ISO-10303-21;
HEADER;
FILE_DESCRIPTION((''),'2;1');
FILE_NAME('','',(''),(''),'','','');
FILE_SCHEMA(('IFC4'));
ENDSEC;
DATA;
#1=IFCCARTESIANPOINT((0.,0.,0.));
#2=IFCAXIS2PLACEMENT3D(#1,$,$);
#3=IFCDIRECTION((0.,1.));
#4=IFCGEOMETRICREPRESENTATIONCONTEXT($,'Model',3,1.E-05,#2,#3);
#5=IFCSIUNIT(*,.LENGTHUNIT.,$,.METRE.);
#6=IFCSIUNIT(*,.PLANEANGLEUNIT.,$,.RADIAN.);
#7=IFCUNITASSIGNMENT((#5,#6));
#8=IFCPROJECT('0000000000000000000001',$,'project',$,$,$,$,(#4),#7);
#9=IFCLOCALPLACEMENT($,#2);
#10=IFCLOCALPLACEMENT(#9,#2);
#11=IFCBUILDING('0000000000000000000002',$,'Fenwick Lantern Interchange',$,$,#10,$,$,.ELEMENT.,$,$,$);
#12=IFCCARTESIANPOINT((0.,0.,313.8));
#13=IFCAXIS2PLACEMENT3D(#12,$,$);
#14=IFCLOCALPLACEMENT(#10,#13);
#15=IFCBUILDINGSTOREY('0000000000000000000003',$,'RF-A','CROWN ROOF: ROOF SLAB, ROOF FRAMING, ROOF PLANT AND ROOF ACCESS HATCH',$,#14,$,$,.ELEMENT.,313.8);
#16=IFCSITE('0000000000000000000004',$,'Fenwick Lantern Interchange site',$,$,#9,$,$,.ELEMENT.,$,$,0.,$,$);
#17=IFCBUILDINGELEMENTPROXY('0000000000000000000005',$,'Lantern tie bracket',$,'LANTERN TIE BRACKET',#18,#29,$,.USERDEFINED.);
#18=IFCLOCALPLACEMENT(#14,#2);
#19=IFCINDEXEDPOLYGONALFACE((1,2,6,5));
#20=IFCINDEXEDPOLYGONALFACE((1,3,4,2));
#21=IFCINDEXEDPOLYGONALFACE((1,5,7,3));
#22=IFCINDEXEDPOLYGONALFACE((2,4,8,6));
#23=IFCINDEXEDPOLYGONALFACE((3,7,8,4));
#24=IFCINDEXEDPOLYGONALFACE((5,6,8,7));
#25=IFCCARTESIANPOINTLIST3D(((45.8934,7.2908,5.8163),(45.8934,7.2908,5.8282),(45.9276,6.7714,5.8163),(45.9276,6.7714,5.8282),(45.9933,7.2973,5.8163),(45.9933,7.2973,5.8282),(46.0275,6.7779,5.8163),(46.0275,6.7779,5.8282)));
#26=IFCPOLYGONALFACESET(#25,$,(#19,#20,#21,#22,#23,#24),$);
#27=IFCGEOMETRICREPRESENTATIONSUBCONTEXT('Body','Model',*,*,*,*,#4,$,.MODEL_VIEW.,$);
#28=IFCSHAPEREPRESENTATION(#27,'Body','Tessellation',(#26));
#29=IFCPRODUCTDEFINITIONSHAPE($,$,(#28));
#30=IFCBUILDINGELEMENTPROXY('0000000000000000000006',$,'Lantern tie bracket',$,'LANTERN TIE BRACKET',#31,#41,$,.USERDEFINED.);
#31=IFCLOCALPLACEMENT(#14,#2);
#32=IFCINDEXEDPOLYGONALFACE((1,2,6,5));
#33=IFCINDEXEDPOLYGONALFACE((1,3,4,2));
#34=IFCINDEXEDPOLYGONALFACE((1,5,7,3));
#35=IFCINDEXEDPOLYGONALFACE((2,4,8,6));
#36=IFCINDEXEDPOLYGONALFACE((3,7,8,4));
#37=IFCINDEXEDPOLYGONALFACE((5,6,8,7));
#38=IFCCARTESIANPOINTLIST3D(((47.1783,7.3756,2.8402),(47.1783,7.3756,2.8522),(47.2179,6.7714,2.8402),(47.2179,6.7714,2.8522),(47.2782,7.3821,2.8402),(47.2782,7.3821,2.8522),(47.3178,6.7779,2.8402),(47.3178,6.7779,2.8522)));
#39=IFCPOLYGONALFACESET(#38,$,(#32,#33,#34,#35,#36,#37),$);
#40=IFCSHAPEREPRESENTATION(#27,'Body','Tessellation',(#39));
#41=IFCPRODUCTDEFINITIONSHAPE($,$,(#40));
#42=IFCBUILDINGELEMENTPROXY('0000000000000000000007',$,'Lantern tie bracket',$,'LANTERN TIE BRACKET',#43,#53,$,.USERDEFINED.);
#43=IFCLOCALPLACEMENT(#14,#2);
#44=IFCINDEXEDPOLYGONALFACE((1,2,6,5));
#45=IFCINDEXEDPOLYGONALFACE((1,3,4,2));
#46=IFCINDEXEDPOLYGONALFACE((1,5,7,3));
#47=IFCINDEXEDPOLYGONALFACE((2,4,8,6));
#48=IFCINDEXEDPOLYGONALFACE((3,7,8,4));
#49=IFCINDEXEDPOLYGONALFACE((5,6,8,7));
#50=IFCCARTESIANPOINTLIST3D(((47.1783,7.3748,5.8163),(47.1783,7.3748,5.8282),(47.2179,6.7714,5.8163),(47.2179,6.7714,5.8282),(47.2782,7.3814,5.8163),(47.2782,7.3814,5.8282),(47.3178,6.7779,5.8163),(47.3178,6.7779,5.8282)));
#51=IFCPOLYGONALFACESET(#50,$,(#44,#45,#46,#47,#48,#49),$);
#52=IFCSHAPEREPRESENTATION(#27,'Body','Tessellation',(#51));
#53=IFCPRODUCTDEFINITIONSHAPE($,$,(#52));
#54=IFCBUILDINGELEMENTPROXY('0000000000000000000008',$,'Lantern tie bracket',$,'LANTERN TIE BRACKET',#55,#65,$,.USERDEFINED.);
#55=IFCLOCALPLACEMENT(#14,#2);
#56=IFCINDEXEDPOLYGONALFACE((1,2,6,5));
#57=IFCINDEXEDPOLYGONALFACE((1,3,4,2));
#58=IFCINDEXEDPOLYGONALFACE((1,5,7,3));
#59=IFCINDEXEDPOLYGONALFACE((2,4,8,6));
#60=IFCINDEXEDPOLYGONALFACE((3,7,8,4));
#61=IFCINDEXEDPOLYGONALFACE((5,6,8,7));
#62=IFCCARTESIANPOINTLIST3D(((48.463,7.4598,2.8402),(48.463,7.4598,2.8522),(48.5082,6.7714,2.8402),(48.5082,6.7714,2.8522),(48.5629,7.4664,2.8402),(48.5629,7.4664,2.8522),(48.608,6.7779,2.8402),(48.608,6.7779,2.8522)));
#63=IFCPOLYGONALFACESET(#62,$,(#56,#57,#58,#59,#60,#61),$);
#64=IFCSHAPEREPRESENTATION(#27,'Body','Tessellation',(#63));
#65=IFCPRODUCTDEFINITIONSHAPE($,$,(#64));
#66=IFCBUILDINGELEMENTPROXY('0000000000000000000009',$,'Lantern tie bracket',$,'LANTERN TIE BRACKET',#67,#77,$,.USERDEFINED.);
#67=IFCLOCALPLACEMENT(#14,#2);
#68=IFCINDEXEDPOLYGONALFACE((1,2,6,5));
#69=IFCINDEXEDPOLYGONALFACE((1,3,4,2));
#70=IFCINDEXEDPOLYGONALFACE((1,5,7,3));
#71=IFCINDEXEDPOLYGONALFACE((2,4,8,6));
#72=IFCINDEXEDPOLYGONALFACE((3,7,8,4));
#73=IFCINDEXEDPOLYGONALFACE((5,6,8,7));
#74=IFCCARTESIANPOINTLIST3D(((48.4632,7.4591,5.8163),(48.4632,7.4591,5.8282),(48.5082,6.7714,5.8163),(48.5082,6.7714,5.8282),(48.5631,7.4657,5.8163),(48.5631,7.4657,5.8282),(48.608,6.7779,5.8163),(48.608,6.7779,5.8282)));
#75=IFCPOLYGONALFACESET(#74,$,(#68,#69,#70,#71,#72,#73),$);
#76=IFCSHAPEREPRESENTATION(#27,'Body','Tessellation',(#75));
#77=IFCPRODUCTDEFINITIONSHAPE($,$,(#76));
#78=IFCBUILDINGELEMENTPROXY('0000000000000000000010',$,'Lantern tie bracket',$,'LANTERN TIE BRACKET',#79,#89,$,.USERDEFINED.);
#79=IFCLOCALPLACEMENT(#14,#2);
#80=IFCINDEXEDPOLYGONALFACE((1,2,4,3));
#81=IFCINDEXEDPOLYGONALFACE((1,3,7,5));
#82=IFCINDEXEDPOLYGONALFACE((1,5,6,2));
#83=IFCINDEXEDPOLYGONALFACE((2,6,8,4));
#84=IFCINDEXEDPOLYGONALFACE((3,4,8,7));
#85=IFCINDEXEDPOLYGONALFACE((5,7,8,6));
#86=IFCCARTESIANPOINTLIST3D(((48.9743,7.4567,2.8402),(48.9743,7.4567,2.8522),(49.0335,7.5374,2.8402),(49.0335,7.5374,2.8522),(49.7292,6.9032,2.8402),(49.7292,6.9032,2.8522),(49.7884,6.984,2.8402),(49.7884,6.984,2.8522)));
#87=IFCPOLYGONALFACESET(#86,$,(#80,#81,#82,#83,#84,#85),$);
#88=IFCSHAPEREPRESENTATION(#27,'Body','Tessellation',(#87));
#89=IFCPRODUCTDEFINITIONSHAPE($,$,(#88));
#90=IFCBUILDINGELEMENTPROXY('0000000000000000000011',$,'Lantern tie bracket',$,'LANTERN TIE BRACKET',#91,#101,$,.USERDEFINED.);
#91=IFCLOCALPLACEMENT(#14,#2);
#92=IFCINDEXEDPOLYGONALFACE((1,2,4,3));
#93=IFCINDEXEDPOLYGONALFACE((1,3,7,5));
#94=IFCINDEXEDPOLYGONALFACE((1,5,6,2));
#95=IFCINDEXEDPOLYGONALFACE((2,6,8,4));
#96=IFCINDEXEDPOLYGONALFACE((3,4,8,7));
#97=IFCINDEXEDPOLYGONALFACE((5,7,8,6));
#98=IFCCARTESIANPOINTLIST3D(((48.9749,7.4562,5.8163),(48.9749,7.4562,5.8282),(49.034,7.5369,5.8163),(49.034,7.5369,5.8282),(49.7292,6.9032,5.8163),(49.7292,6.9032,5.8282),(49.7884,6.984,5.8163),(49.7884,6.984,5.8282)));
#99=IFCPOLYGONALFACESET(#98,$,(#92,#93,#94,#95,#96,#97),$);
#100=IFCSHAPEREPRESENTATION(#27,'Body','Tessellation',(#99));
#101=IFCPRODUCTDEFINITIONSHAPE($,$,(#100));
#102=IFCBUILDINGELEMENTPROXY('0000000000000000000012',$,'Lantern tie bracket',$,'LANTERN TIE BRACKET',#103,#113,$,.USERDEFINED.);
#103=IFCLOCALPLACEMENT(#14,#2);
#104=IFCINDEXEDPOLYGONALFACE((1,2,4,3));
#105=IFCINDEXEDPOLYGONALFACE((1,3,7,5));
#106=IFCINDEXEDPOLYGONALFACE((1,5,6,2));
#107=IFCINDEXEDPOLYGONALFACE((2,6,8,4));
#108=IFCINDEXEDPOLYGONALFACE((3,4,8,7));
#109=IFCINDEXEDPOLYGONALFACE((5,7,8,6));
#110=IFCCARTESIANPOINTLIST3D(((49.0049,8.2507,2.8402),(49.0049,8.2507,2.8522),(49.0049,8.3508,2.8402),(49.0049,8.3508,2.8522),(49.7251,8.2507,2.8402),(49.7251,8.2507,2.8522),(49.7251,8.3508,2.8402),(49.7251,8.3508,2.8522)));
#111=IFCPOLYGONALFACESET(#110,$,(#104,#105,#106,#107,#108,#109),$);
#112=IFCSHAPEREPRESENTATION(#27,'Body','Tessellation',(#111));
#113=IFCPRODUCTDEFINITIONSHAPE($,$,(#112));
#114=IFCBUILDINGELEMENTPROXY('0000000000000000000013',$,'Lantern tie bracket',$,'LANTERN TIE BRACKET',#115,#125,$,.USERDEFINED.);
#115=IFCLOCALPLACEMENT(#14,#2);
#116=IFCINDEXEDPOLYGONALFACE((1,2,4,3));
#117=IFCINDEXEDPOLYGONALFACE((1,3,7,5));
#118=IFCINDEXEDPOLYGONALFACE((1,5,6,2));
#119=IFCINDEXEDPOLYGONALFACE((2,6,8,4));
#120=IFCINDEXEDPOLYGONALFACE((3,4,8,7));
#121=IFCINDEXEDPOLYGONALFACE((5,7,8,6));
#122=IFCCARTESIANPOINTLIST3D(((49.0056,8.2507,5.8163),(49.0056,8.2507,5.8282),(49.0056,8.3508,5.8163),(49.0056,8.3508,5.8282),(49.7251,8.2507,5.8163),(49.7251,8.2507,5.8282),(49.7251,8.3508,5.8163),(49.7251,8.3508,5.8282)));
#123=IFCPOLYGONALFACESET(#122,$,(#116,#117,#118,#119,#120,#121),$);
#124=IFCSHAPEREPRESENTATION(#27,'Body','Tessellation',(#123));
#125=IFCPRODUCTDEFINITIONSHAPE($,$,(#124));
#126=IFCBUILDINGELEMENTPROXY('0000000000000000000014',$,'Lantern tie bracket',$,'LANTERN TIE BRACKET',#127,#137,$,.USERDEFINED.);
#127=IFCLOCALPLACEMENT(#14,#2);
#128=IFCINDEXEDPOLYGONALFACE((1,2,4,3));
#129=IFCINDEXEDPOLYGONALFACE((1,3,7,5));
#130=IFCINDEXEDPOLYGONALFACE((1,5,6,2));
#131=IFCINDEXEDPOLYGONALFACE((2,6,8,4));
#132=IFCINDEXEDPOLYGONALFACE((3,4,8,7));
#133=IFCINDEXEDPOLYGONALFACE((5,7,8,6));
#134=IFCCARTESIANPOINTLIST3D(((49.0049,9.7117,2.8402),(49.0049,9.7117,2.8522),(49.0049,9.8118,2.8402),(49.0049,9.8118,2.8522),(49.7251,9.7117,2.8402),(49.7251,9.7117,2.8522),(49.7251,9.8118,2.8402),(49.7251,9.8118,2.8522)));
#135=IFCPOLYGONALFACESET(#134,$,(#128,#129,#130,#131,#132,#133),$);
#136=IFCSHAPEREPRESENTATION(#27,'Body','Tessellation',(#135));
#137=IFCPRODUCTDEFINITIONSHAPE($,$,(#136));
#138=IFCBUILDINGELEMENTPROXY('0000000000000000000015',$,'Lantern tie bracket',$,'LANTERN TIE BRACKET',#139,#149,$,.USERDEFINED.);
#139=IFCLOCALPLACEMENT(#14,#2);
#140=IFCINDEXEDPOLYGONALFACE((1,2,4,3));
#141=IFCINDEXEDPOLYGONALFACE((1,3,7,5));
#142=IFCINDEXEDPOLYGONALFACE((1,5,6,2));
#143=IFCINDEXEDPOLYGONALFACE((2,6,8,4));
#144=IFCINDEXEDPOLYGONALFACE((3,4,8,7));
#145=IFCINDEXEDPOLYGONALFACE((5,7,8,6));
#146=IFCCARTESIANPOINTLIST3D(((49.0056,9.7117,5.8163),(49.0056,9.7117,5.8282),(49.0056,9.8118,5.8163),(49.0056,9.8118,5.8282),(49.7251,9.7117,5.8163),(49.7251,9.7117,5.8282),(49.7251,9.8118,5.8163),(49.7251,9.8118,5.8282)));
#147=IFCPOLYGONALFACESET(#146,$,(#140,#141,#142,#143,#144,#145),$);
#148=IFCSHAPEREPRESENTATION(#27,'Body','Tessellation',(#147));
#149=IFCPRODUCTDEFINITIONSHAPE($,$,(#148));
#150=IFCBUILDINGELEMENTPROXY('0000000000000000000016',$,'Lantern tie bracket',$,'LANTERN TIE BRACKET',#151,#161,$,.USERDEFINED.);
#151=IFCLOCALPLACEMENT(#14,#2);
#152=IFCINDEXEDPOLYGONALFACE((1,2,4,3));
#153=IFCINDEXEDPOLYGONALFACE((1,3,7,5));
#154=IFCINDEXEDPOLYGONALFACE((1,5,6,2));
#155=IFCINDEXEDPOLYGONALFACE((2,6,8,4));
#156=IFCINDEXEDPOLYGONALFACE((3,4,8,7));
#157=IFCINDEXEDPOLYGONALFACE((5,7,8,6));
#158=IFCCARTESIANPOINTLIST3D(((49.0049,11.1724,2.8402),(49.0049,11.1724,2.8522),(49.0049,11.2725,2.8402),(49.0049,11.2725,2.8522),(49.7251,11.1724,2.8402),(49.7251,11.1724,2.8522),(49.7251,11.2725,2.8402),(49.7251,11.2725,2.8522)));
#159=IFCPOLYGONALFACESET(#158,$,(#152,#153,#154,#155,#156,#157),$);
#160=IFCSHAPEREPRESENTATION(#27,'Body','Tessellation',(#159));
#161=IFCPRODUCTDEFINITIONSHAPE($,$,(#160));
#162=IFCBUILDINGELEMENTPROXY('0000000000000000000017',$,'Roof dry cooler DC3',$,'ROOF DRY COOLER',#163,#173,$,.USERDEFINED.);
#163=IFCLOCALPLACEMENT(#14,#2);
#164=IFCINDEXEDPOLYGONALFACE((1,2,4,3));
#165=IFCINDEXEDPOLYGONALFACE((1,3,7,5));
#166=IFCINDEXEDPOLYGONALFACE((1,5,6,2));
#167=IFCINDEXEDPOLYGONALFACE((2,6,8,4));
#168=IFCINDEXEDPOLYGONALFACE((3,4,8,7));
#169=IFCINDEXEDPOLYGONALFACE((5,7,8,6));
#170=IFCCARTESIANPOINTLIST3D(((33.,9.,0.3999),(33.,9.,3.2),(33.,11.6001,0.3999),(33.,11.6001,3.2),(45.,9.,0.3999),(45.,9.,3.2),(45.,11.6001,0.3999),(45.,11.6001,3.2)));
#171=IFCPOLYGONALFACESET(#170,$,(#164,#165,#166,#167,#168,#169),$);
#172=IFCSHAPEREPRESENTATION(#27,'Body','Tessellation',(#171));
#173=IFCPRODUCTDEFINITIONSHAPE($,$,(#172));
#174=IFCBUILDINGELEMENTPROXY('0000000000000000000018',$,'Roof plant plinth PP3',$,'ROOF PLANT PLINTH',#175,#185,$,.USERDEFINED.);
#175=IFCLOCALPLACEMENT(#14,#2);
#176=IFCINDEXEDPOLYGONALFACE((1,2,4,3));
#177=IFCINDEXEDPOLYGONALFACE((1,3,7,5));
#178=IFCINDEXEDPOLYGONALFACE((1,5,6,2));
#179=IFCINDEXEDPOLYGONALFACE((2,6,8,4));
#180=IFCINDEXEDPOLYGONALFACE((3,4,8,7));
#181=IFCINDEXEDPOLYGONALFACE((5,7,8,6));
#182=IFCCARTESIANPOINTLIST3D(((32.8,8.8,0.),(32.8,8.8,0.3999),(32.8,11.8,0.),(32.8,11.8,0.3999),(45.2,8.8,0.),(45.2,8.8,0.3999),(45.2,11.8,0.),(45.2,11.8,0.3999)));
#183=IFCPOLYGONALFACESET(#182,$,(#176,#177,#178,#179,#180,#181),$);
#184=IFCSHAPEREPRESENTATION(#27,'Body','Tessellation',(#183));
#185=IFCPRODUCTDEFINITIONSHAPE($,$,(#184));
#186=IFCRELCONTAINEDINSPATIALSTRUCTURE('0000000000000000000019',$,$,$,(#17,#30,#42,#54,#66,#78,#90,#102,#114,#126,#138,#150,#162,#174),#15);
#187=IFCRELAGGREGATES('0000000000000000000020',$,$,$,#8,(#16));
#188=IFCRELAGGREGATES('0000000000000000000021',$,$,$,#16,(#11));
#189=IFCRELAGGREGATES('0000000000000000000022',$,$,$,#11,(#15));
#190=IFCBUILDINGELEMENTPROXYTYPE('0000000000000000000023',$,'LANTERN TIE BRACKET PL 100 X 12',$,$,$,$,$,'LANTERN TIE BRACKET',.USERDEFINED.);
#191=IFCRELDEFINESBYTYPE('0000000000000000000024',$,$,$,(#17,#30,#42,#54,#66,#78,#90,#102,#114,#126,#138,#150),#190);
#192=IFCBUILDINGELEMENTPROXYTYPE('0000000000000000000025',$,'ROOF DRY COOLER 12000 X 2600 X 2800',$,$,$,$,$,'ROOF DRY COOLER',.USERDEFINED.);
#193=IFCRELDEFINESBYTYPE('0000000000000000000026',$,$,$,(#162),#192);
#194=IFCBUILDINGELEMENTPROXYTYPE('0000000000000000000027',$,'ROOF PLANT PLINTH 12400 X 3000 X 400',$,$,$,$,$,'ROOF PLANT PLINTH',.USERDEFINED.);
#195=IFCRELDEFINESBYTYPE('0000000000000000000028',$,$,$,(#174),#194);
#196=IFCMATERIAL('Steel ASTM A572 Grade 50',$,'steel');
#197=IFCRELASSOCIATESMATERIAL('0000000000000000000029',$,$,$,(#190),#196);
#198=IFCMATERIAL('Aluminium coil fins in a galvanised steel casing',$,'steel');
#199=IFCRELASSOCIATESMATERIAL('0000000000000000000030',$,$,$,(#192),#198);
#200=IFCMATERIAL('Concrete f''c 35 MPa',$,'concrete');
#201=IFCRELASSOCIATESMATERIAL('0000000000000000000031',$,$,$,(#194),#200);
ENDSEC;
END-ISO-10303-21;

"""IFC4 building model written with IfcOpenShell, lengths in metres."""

from ifc_helpers import new_model, si_unit, direction, frame, origin, origin_2d, place, context, subcontext, project, spatial, rectangle, extrude, material, material_profile, profile_set, type_object, element, save


model = new_model("IFC4")

# Units and contexts
model_context = context("Model", 3, precision=1e-05, world=origin(), true_north=direction((0.0, 1.0)))
body_context = subcontext(model_context, "Body", "Model", "MODEL_VIEW")
ifc_project = project(units=[si_unit("LENGTHUNIT", "METRE"), si_unit("PLANEANGLEUNIT", "RADIAN")], contexts=[model_context])

# Site, building, storey
site_placement = place(None, origin())
site = spatial("IfcSite", under=ifc_project, at=site_placement, Name="Fenwick Lantern Interchange site", CompositionType="ELEMENT", RefElevation=0.0)
building_placement = place(site_placement, origin())
building = spatial("IfcBuilding", under=site, at=building_placement, Name="Fenwick Lantern Interchange", CompositionType="ELEMENT")
storey_placement = place(building_placement, frame((0.0, 0.0, 313.8)))
storey = spatial("IfcBuildingStorey", under=building, at=storey_placement, Name="RF-A", Description="CROWN ROOF: ROOF SLAB, ROOF FRAMING, ROOF PLANT AND ROOF ACCESS HATCH", CompositionType="ELEMENT", Elevation=313.8)

# Building element proxies
ifc_material_1 = material(Name="Steel ASTM A572 Grade 50", Category="steel")
ifc_material_profile_1 = material_profile(ifc_material_1, rectangle(XDim=0.1001, YDim=0.012, at=origin_2d()), Name="PL100X12")
ifc_profile_set_1 = profile_set([ifc_material_profile_1], Name="Steel ASTM A572 Grade 50")
building_element_proxy_type_1 = type_object("IfcBuildingElementProxyType", Name="LANTERN TIE BRACKET PL 100 X 12", ElementType="LANTERN TIE BRACKET", PredefinedType="USERDEFINED", material=ifc_profile_set_1)
proxy_1_placement = place(storey_placement, frame((45.9775, 6.7747, 5.8223), z_axis=(-0.065678, 0.997841, 0.0), x_axis=(-0.997841, -0.065678, 0.0)))
element("IfcBuildingElementProxy", 1, at=proxy_1_placement, inside=storey, type_object=building_element_proxy_type_1, Name="Lantern tie bracket", ObjectType="LANTERN TIE BRACKET", PredefinedType="USERDEFINED", context=body_context, shape_type="SweptSolid", body=[
    extrude(rectangle(XDim=0.1001, YDim=0.012, at=origin_2d()), origin(), (0.0, 0.0, 1.0), 0.5205),
])
proxy_2_placement = place(storey_placement, frame((47.2678, 6.7747, 2.8462), z_axis=(-0.065315, 0.997865, 0.0), x_axis=(-0.997865, -0.065315, 0.0)))
element("IfcBuildingElementProxy", 2, at=proxy_2_placement, inside=storey, type_object=building_element_proxy_type_1, Name="Lantern tie bracket", ObjectType="LANTERN TIE BRACKET", PredefinedType="USERDEFINED", context=body_context, shape_type="SweptSolid", body=[
    extrude(rectangle(XDim=0.1001, YDim=0.012, at=origin_2d()), origin(), (0.0, 0.0, 1.0), 0.6055),
])
proxy_3_placement = place(storey_placement, frame((47.2678, 6.7747, 5.8223), z_axis=(-0.065394, 0.99786, 0.0), x_axis=(-0.99786, -0.065394, 0.0)))
element("IfcBuildingElementProxy", 3, at=proxy_3_placement, inside=storey, type_object=building_element_proxy_type_1, Name="Lantern tie bracket", ObjectType="LANTERN TIE BRACKET", PredefinedType="USERDEFINED", context=body_context, shape_type="SweptSolid", body=[
    extrude(rectangle(XDim=0.1001, YDim=0.012, at=origin_2d()), origin(), (0.0, 0.0, 1.0), 0.6047),
])
proxy_4_placement = place(storey_placement, frame((48.5581, 6.7747, 2.8462), z_axis=(-0.065462, 0.997855, 0.0), x_axis=(-0.997855, -0.065462, 0.0)))
element("IfcBuildingElementProxy", 4, at=proxy_4_placement, inside=storey, type_object=building_element_proxy_type_1, Name="Lantern tie bracket", ObjectType="LANTERN TIE BRACKET", PredefinedType="USERDEFINED", context=body_context, shape_type="SweptSolid", body=[
    extrude(rectangle(XDim=0.1001, YDim=0.012, at=origin_2d()), origin(), (0.0, 0.0, 1.0), 0.6899),
])
proxy_5_placement = place(storey_placement, frame((48.5581, 6.7747, 5.8223), z_axis=(-0.065179, 0.997874, 0.0), x_axis=(-0.997874, -0.065179, 0.0)))
element("IfcBuildingElementProxy", 5, at=proxy_5_placement, inside=storey, type_object=building_element_proxy_type_1, Name="Lantern tie bracket", ObjectType="LANTERN TIE BRACKET", PredefinedType="USERDEFINED", context=body_context, shape_type="SweptSolid", body=[
    extrude(rectangle(XDim=0.1001, YDim=0.012, at=origin_2d()), origin(), (0.0, 0.0, 1.0), 0.6892),
])
proxy_6_placement = place(storey_placement, frame((49.7588, 6.9436, 2.8462), z_axis=(-0.806463, 0.591285, 0.0), x_axis=(-0.591285, -0.806463, 0.0)))
element("IfcBuildingElementProxy", 6, at=proxy_6_placement, inside=storey, type_object=building_element_proxy_type_1, Name="Lantern tie bracket", ObjectType="LANTERN TIE BRACKET", PredefinedType="USERDEFINED", context=body_context, shape_type="SweptSolid", body=[
    extrude(rectangle(XDim=0.1001, YDim=0.012, at=origin_2d()), origin(), (0.0, 0.0, 1.0), 0.936),
])
proxy_7_placement = place(storey_placement, frame((49.7588, 6.9436, 5.8223), z_axis=(-0.806529, 0.591194, 0.0), x_axis=(-0.591194, -0.806529, 0.0)))
element("IfcBuildingElementProxy", 7, at=proxy_7_placement, inside=storey, type_object=building_element_proxy_type_1, Name="Lantern tie bracket", ObjectType="LANTERN TIE BRACKET", PredefinedType="USERDEFINED", context=body_context, shape_type="SweptSolid", body=[
    extrude(rectangle(XDim=0.1001, YDim=0.012, at=origin_2d()), origin(), (0.0, 0.0, 1.0), 0.9353),
])
proxy_8_placement = place(storey_placement, frame((49.7251, 8.3008, 2.8462), z_axis=(-1.0, 0.0, 0.0), x_axis=(0.0, -1.0, 0.0)))
element("IfcBuildingElementProxy", 8, at=proxy_8_placement, inside=storey, type_object=building_element_proxy_type_1, Name="Lantern tie bracket", ObjectType="LANTERN TIE BRACKET", PredefinedType="USERDEFINED", context=body_context, shape_type="SweptSolid", body=[
    extrude(rectangle(XDim=0.1001, YDim=0.012, at=origin_2d()), origin(), (0.0, 0.0, 1.0), 0.7202),
])
proxy_9_placement = place(storey_placement, frame((49.7251, 8.3008, 5.8223), z_axis=(-1.0, 0.0, 0.0), x_axis=(0.0, -1.0, 0.0)))
element("IfcBuildingElementProxy", 9, at=proxy_9_placement, inside=storey, type_object=building_element_proxy_type_1, Name="Lantern tie bracket", ObjectType="LANTERN TIE BRACKET", PredefinedType="USERDEFINED", context=body_context, shape_type="SweptSolid", body=[
    extrude(rectangle(XDim=0.1001, YDim=0.012, at=origin_2d()), origin(), (0.0, 0.0, 1.0), 0.7195),
])
proxy_10_placement = place(storey_placement, frame((49.7251, 9.7617, 2.8462), z_axis=(-1.0, 0.0, 0.0), x_axis=(0.0, -1.0, 0.0)))
element("IfcBuildingElementProxy", 10, at=proxy_10_placement, inside=storey, type_object=building_element_proxy_type_1, Name="Lantern tie bracket", ObjectType="LANTERN TIE BRACKET", PredefinedType="USERDEFINED", context=body_context, shape_type="SweptSolid", body=[
    extrude(rectangle(XDim=0.1001, YDim=0.012, at=origin_2d()), origin(), (0.0, 0.0, 1.0), 0.7202),
])
proxy_11_placement = place(storey_placement, frame((49.7251, 9.7617, 5.8223), z_axis=(-1.0, 0.0, 0.0), x_axis=(0.0, -1.0, 0.0)))
element("IfcBuildingElementProxy", 11, at=proxy_11_placement, inside=storey, type_object=building_element_proxy_type_1, Name="Lantern tie bracket", ObjectType="LANTERN TIE BRACKET", PredefinedType="USERDEFINED", context=body_context, shape_type="SweptSolid", body=[
    extrude(rectangle(XDim=0.1001, YDim=0.012, at=origin_2d()), origin(), (0.0, 0.0, 1.0), 0.7195),
])
proxy_12_placement = place(storey_placement, frame((49.7251, 11.2224, 2.8462), z_axis=(-1.0, 0.0, 0.0), x_axis=(0.0, -1.0, 0.0)))
element("IfcBuildingElementProxy", 12, at=proxy_12_placement, inside=storey, type_object=building_element_proxy_type_1, Name="Lantern tie bracket", ObjectType="LANTERN TIE BRACKET", PredefinedType="USERDEFINED", context=body_context, shape_type="SweptSolid", body=[
    extrude(rectangle(XDim=0.1001, YDim=0.012, at=origin_2d()), origin(), (0.0, 0.0, 1.0), 0.7202),
])
ifc_material_2 = material(Name="Aluminium coil fins in a galvanised steel casing", Category="steel")
building_element_proxy_type_2 = type_object("IfcBuildingElementProxyType", Name="ROOF DRY COOLER 12000 X 2600 X 2800", ElementType="ROOF DRY COOLER", PredefinedType="USERDEFINED", material=ifc_material_2)
proxy_13_placement = place(storey_placement, frame((39.0, 10.3, 0.3999), z_axis=(0.0, 0.0, 1.0), x_axis=(1.0, 0.0, 0.0)))
element("IfcBuildingElementProxy", 13, at=proxy_13_placement, inside=storey, type_object=building_element_proxy_type_2, Name="Roof dry cooler DC3", ObjectType="ROOF DRY COOLER", PredefinedType="USERDEFINED", context=body_context, shape_type="SweptSolid", body=[
    extrude(rectangle(XDim=12.0, YDim=2.6001, at=origin_2d()), origin(), (0.0, 0.0, 1.0), 2.8),
])
ifc_material_3 = material(Name="Concrete f'c 35 MPa", Category="concrete")
building_element_proxy_type_3 = type_object("IfcBuildingElementProxyType", Name="ROOF PLANT PLINTH 12400 X 3000 X 400", ElementType="ROOF PLANT PLINTH", PredefinedType="USERDEFINED", material=ifc_material_3)
proxy_14_placement = place(storey_placement, frame((39.0, 10.3, 0.0), z_axis=(0.0, 0.0, 1.0), x_axis=(1.0, 0.0, 0.0)))
element("IfcBuildingElementProxy", 14, at=proxy_14_placement, inside=storey, type_object=building_element_proxy_type_3, Name="Roof plant plinth PP3", ObjectType="ROOF PLANT PLINTH", PredefinedType="USERDEFINED", context=body_context, shape_type="SweptSolid", body=[
    extrude(rectangle(XDim=12.3999, YDim=3.0, at=origin_2d()), origin(), (0.0, 0.0, 1.0), 0.3999),
])

save(model, "model.ifc")
